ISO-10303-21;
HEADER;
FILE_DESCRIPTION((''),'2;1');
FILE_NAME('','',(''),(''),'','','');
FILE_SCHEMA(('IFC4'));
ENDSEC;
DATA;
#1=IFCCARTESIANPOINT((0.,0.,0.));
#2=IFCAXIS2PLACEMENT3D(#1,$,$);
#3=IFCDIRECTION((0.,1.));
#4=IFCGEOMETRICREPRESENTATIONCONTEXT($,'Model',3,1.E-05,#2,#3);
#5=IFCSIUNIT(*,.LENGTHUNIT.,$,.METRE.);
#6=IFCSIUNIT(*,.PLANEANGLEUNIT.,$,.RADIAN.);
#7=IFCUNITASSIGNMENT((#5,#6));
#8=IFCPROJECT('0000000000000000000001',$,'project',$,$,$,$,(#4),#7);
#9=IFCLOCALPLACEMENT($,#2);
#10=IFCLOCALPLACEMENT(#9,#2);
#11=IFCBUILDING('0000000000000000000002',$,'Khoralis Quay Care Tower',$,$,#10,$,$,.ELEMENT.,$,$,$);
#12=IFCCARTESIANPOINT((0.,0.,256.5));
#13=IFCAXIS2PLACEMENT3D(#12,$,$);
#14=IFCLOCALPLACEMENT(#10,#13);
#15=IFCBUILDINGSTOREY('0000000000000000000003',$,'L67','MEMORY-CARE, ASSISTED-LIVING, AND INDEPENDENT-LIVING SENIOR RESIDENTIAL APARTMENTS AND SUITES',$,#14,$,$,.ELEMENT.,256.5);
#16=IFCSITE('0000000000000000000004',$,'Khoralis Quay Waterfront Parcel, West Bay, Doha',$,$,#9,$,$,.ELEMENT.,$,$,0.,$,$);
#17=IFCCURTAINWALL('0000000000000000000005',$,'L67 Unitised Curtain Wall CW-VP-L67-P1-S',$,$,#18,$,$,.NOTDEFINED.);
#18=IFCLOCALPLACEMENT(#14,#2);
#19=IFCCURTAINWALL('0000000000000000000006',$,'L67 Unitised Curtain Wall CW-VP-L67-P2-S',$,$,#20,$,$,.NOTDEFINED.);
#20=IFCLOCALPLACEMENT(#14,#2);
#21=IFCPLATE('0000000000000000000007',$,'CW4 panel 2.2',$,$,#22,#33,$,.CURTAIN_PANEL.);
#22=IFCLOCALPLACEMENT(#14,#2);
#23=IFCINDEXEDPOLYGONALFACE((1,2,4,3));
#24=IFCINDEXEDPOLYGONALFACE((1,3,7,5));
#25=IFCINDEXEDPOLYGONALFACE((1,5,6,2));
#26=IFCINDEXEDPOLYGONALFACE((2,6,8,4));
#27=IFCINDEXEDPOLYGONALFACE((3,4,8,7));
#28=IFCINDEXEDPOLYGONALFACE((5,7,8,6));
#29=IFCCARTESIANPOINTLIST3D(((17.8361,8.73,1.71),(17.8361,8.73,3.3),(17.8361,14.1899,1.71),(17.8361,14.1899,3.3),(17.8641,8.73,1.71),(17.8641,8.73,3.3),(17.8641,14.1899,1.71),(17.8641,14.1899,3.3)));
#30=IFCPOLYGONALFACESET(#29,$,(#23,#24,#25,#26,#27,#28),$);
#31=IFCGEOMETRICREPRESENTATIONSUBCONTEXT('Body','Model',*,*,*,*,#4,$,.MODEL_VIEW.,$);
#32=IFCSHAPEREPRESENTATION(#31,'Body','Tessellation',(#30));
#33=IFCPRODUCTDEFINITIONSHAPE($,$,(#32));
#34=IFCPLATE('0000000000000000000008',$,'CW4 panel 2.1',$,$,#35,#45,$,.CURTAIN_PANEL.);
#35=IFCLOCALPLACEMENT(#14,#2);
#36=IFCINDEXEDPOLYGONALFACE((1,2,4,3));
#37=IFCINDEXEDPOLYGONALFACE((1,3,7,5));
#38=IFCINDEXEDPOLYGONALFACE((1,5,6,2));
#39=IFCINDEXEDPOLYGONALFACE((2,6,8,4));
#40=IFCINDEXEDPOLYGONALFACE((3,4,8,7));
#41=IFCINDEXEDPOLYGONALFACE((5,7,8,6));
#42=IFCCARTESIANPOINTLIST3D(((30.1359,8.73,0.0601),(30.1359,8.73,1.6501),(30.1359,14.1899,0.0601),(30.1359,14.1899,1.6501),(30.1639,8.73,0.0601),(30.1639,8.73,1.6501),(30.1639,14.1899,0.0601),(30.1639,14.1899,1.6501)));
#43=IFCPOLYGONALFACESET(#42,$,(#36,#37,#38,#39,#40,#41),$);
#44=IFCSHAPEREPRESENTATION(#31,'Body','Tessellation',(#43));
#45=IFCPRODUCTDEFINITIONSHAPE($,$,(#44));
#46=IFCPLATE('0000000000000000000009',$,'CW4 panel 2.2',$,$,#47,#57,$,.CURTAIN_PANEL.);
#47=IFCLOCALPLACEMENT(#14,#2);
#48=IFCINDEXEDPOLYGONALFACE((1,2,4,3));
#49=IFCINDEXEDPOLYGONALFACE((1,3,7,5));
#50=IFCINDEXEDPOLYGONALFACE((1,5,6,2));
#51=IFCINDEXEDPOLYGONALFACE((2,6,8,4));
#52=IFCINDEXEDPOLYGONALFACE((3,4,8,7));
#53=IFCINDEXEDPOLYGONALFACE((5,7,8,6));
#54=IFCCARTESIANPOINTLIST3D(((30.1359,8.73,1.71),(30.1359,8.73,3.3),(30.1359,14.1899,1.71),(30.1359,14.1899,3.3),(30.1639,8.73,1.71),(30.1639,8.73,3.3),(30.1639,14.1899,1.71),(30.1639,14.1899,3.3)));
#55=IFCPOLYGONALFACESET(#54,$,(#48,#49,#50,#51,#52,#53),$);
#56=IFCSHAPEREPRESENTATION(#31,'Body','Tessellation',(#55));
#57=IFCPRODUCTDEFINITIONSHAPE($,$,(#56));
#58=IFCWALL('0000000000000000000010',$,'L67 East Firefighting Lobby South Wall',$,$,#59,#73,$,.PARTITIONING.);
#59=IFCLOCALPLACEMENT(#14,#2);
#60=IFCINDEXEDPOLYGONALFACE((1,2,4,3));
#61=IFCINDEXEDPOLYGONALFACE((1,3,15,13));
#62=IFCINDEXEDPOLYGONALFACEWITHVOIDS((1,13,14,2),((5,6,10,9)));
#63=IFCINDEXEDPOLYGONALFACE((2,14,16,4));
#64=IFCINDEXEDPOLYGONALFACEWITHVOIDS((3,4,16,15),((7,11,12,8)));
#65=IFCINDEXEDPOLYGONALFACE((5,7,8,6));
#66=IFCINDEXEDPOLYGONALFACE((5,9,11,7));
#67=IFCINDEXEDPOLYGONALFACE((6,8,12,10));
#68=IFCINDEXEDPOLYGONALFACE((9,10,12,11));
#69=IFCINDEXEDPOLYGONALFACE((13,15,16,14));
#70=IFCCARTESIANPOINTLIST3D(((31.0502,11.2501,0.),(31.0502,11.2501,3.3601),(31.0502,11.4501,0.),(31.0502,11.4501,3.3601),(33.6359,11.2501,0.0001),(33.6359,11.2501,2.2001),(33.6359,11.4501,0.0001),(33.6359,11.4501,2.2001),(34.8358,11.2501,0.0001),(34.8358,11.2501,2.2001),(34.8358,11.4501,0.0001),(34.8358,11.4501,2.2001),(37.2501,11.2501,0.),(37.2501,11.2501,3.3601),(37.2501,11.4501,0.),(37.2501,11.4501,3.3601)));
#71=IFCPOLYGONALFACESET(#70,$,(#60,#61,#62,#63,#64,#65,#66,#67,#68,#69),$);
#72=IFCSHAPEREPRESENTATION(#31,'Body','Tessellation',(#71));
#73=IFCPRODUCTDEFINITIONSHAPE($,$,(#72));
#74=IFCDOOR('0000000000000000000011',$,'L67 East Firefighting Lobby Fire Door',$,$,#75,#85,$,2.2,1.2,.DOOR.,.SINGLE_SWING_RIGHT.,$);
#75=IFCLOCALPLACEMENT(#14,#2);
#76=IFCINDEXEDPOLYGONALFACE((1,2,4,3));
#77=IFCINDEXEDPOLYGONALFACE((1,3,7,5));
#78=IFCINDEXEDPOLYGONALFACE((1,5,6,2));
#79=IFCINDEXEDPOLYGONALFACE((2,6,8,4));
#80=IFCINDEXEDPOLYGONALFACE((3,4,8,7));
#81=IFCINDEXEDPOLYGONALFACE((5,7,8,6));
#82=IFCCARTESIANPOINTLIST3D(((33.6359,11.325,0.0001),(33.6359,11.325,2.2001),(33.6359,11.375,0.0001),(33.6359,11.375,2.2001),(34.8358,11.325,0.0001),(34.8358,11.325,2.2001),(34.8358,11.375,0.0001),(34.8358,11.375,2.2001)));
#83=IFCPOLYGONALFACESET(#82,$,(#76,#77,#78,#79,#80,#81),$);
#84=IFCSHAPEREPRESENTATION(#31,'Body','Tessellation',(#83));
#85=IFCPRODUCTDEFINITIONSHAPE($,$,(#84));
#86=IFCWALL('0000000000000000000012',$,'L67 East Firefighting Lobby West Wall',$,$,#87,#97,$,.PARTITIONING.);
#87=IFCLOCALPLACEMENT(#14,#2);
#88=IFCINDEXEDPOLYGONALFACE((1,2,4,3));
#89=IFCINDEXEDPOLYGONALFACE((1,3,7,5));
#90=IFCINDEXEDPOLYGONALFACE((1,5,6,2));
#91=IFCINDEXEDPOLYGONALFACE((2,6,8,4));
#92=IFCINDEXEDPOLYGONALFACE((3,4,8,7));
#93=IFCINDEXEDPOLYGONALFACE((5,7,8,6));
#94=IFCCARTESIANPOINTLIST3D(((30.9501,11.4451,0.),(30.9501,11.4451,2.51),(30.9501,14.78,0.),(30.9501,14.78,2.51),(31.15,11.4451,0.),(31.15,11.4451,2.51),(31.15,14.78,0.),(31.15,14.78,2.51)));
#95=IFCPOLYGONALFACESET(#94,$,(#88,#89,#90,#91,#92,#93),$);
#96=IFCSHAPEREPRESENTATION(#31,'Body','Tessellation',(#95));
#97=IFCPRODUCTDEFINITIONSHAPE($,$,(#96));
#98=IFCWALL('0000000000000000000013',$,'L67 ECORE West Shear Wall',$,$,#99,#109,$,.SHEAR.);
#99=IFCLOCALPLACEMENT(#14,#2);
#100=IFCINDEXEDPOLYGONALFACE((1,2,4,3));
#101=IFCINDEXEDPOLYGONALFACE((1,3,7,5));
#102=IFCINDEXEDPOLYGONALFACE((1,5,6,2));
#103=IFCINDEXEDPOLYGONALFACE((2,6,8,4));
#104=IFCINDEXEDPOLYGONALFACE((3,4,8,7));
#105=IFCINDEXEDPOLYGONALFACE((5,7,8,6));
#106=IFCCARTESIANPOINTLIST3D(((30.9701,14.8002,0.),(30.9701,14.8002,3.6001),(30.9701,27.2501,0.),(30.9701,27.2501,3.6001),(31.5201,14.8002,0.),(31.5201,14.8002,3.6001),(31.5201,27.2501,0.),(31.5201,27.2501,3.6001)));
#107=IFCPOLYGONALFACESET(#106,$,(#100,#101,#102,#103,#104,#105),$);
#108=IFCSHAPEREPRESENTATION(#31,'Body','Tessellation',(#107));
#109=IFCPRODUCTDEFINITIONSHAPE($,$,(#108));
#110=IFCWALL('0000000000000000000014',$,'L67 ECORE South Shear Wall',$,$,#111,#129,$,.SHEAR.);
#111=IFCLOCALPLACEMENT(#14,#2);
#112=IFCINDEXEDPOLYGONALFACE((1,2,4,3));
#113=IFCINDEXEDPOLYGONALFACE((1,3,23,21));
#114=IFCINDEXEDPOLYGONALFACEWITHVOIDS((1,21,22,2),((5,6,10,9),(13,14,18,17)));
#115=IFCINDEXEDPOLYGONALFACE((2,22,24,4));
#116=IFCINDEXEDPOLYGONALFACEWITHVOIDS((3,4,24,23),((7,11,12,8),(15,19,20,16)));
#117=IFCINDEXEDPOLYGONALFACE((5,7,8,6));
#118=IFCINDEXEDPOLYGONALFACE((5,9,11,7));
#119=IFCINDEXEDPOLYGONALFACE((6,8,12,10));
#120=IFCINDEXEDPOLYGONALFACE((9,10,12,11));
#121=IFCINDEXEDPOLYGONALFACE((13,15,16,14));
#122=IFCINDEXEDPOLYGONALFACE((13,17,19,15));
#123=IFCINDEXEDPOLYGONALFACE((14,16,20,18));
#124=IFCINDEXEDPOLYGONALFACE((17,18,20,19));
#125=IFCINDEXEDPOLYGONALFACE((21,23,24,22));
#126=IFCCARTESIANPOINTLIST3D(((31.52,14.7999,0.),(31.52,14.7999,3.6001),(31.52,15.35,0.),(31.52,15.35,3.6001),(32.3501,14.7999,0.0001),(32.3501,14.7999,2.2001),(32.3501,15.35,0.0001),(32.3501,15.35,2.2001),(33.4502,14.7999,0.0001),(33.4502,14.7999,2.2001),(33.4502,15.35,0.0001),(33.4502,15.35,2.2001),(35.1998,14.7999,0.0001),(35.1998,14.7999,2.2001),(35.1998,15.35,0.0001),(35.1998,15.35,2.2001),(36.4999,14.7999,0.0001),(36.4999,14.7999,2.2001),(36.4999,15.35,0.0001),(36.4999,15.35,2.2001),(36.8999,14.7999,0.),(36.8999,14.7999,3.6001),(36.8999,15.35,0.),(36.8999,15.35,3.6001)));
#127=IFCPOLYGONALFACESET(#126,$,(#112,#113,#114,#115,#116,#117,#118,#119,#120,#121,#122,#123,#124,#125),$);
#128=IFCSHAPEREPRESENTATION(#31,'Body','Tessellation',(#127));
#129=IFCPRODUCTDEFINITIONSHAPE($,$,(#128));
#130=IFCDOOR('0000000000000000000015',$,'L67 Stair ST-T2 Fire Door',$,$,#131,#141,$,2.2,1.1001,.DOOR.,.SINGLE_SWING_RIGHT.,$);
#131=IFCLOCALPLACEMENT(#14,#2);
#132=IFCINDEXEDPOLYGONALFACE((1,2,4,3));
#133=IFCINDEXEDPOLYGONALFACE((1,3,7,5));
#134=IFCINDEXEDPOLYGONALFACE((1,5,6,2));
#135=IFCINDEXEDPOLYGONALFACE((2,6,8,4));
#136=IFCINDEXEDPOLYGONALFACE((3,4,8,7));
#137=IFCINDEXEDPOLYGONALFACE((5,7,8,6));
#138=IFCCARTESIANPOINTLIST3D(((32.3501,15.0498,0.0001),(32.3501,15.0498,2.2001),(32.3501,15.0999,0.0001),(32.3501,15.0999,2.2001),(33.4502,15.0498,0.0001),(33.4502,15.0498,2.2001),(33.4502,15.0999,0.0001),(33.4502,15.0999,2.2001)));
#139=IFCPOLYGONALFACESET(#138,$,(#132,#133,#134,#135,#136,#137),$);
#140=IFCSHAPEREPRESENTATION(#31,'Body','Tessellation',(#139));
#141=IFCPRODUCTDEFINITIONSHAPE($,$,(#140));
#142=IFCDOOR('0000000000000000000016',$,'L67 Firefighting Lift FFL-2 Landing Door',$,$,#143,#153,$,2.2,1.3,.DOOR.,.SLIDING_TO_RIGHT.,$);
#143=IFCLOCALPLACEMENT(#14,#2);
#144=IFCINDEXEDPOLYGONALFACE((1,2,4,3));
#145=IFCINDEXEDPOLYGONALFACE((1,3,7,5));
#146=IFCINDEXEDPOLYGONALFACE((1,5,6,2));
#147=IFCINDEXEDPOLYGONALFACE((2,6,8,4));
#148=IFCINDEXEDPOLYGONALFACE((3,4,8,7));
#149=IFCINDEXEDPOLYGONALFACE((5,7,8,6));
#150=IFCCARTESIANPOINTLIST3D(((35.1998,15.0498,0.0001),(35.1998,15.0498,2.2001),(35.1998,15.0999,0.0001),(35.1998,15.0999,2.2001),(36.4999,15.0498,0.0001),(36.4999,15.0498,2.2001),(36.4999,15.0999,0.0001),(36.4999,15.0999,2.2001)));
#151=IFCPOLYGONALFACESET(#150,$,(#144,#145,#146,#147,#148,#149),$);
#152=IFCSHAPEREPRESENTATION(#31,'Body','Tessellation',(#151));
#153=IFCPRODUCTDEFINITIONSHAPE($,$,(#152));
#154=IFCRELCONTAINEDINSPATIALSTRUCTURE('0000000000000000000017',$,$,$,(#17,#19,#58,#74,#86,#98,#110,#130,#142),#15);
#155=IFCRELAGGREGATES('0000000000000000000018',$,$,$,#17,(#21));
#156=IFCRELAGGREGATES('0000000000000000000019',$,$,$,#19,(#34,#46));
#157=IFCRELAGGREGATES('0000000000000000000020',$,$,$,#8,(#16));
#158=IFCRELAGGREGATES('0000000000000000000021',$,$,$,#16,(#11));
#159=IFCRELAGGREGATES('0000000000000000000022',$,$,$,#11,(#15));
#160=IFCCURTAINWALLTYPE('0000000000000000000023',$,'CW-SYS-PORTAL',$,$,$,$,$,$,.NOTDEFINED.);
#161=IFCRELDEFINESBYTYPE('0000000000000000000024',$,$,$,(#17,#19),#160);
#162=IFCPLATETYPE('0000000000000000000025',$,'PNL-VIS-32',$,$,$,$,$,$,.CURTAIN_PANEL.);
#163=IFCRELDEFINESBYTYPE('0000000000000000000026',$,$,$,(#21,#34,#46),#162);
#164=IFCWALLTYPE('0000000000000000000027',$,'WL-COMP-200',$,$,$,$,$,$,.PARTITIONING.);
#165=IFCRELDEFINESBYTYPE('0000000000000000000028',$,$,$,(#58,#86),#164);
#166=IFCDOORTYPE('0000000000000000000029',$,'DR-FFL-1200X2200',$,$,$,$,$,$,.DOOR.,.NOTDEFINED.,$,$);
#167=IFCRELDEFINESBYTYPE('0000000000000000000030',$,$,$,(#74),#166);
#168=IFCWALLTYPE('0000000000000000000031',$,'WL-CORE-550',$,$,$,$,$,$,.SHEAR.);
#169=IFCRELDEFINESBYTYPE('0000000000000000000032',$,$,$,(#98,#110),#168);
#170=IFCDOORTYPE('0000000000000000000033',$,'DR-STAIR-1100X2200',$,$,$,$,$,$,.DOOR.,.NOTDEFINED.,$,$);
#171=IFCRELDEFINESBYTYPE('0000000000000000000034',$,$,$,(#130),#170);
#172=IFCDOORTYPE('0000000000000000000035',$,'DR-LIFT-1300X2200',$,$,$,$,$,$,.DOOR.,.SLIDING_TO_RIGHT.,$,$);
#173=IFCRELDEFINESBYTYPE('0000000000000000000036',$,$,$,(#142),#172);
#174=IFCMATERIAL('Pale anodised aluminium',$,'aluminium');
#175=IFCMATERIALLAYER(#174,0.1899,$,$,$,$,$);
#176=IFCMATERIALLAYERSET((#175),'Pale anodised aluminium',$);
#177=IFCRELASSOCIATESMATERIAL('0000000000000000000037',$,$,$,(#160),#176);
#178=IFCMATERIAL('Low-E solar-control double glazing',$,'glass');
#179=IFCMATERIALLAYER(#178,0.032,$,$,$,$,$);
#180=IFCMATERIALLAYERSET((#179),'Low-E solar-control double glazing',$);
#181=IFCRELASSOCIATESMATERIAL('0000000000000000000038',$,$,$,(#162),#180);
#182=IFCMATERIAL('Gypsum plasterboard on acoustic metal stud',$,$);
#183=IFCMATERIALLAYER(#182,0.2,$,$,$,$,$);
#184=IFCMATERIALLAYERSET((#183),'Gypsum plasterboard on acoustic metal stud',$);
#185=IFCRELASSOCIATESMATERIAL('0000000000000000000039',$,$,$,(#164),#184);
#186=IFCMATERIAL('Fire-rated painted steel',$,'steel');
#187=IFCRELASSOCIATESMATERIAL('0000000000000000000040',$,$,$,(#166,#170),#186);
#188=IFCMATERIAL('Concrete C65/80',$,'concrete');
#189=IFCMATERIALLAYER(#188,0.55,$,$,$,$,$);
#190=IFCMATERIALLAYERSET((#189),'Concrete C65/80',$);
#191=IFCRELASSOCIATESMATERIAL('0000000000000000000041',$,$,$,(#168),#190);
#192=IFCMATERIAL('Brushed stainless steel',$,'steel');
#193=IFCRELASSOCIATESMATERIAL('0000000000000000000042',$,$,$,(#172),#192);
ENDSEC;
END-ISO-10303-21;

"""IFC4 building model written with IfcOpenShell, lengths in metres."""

from ifc_helpers import new_model, si_unit, direction, frame, frame_2d, origin, origin_2d, place, context, subcontext, project, spatial, rectangle, extrude, source, transform, mapped, material, layer, layer_set, type_object, element, fill, aggregate, save


model = new_model("IFC4")

# Units and contexts
model_context = context("Model", 3, precision=1e-05, world=origin(), true_north=direction((0.0, 1.0)))
body_context = subcontext(model_context, "Body", "Model", "MODEL_VIEW")
ifc_project = project(units=[si_unit("LENGTHUNIT", "METRE"), si_unit("PLANEANGLEUNIT", "RADIAN")], contexts=[model_context])

# Site, building, storey
site_placement = place(None, origin())
site = spatial("IfcSite", under=ifc_project, at=site_placement, Name="Khoralis Quay Waterfront Parcel, West Bay, Doha", CompositionType="ELEMENT", RefElevation=0.0)
building_placement = place(site_placement, origin())
building = spatial("IfcBuilding", under=site, at=building_placement, Name="Khoralis Quay Care Tower", CompositionType="ELEMENT")
storey_placement = place(building_placement, frame((0.0, 0.0, 256.5)))
storey = spatial("IfcBuildingStorey", under=building, at=storey_placement, Name="L67", Description="MEMORY-CARE, ASSISTED-LIVING, AND INDEPENDENT-LIVING SENIOR RESIDENTIAL APARTMENTS AND SUITES", CompositionType="ELEMENT", Elevation=256.5)

# Curtain wall
ifc_material_1 = material(Name="Pale anodised aluminium", Category="aluminium")
ifc_layer_1 = layer(ifc_material_1, 0.1899)
ifc_layer_set_1 = layer_set([ifc_layer_1], Name="Pale anodised aluminium")
curtain_wall_type = type_object("IfcCurtainWallType", Name="CW-SYS-PORTAL", PredefinedType="NOTDEFINED", material=ifc_layer_set_1)
curtain_wall_1_placement = place(storey_placement, origin())
curtain_wall_1 = element("IfcCurtainWall", 1, at=curtain_wall_1_placement, inside=storey, type_object=curtain_wall_type, Name="L67 Unitised Curtain Wall CW-VP-L67-P1-S", PredefinedType="NOTDEFINED")

# Curtain wall
curtain_wall_2_placement = place(storey_placement, origin())
curtain_wall_2 = element("IfcCurtainWall", 2, at=curtain_wall_2_placement, inside=storey, type_object=curtain_wall_type, Name="L67 Unitised Curtain Wall CW-VP-L67-P2-S", PredefinedType="NOTDEFINED")

# Plates
ifc_material_2 = material(Name="Low-E solar-control double glazing", Category="glass")
ifc_layer_2 = layer(ifc_material_2, 0.032)
ifc_layer_set_2 = layer_set([ifc_layer_2], Name="Low-E solar-control double glazing")
plate_type = type_object("IfcPlateType", Name="PNL-VIS-32", PredefinedType="CURTAIN_PANEL", material=ifc_layer_set_2)
shared_shape_1 = source(origin(), body_context, "Body", "SweptSolid", [
    extrude(rectangle(XDim=5.46, YDim=0.0281, at=origin_2d()), origin(), (0.0, 0.0, 1.0), 1.5901),
])
plate_1_placement = place(storey_placement, frame((17.8501, 11.46, 1.71), z_axis=(0.0, 0.0, 1.0), x_axis=(0.0, 1.0, 0.0)))
plate_1 = element("IfcPlate", 3, at=plate_1_placement, type_object=plate_type, Name="CW4 panel 2.2", PredefinedType="CURTAIN_PANEL", context=body_context, shape_type="MappedRepresentation", body=[
    mapped(shared_shape_1, transform((0.0, 0.0, 0.0), scale=1.0)),
])
aggregate(curtain_wall_1, [plate_1])
plate_2_placement = place(storey_placement, frame((30.1499, 11.46, 0.0601), z_axis=(0.0, 0.0, 1.0), x_axis=(0.0, 1.0, 0.0)))
plate_2 = element("IfcPlate", 4, at=plate_2_placement, type_object=plate_type, Name="CW4 panel 2.1", PredefinedType="CURTAIN_PANEL", context=body_context, shape_type="MappedRepresentation", body=[
    mapped(shared_shape_1, transform((0.0, 0.0, 0.0), scale=1.0)),
])
plate_3_placement = place(storey_placement, frame((30.1499, 11.46, 1.71), z_axis=(0.0, 0.0, 1.0), x_axis=(0.0, 1.0, 0.0)))
plate_3 = element("IfcPlate", 5, at=plate_3_placement, type_object=plate_type, Name="CW4 panel 2.2", PredefinedType="CURTAIN_PANEL", context=body_context, shape_type="MappedRepresentation", body=[
    mapped(shared_shape_1, transform((0.0, 0.0, 0.0), scale=1.0)),
])
aggregate(curtain_wall_2, [plate_2, plate_3])

# Wall, opening, door
ifc_material_3 = material(Name="Gypsum plasterboard on acoustic metal stud")
ifc_layer_3 = layer(ifc_material_3, 0.2)
ifc_layer_set_3 = layer_set([ifc_layer_3], Name="Gypsum plasterboard on acoustic metal stud")
wall_type_1 = type_object("IfcWallType", Name="WL-COMP-200", PredefinedType="PARTITIONING", material=ifc_layer_set_3)
wall_1_placement = place(storey_placement, frame((31.05, 11.3501, 0.0), z_axis=(0.0, 0.0, 1.0), x_axis=(1.0, 0.0, 0.0)))
wall_1 = element("IfcWall", 6, at=wall_1_placement, inside=storey, type_object=wall_type_1, Name="L67 East Firefighting Lobby South Wall", PredefinedType="PARTITIONING", context=body_context, shape_type="SweptSolid", body=[
    extrude(rectangle(XDim=6.2, YDim=0.2, at=frame_2d((3.1001, 0.0))), origin(), (0.0, 0.0, 1.0), 3.3601),
])
opening_1_placement = place(wall_1_placement, frame((2.5857, 0.0, 0.0)))
opening_1 = element("IfcOpeningElement", 7, at=opening_1_placement, cuts=wall_1, PredefinedType="OPENING", context=body_context, shape_type="SweptSolid", body=[
    extrude(rectangle(XDim=1.2, YDim=2.2, at=frame_2d((0.6001, 1.1001))), frame((0.0, 0.1099, 0.0), z_axis=(0.0, -1.0, 0.0), x_axis=(1.0, 0.0, 0.0)), (0.0, 0.0, 1.0), 0.22),
])
ifc_material_4 = material(Name="Fire-rated painted steel", Category="steel")
door_type_1 = type_object("IfcDoorType", Name="DR-FFL-1200X2200", OperationType="NOTDEFINED", PredefinedType="DOOR", material=ifc_material_4)
shared_shape_2 = source(origin(), body_context, "Body", "SweptSolid", [
    extrude(rectangle(XDim=1.2, YDim=2.2, at=frame_2d((0.6001, 1.1001))), frame((0.0, 0.0249, 0.0), z_axis=(0.0, -1.0, 0.0), x_axis=(1.0, 0.0, 0.0)), (0.0, 0.0, 1.0), 0.05),
])
door_1_placement = place(opening_1_placement, origin())
door_1 = element("IfcDoor", 8, at=door_1_placement, inside=storey, type_object=door_type_1, Name="L67 East Firefighting Lobby Fire Door", OperationType="SINGLE_SWING_RIGHT", OverallHeight=2.2, OverallWidth=1.2, PredefinedType="DOOR", context=body_context, shape_type="MappedRepresentation", body=[
    mapped(shared_shape_2, transform((0.0, 0.0, 0.0), scale=1.0)),
])
fill(opening_1, door_1)

# Walls
wall_2_placement = place(storey_placement, frame((31.05, 11.4451, 0.0), z_axis=(0.0, 0.0, 1.0), x_axis=(0.0, 1.0, 0.0)))
element("IfcWall", 9, at=wall_2_placement, inside=storey, type_object=wall_type_1, Name="L67 East Firefighting Lobby West Wall", PredefinedType="PARTITIONING", context=body_context, shape_type="SweptSolid", body=[
    extrude(rectangle(XDim=3.335, YDim=0.2, at=frame_2d((1.6675, 0.0))), origin(), (0.0, 0.0, 1.0), 2.51),
])
ifc_material_5 = material(Name="Concrete C65/80", Category="concrete")
ifc_layer_4 = layer(ifc_material_5, 0.55)
ifc_layer_set_4 = layer_set([ifc_layer_4], Name="Concrete C65/80")
wall_type_2 = type_object("IfcWallType", Name="WL-CORE-550", PredefinedType="SHEAR", material=ifc_layer_set_4)
wall_3_placement = place(storey_placement, frame((31.2451, 14.8, 0.0), z_axis=(0.0, 0.0, 1.0), x_axis=(0.0, 1.0, 0.0)))
element("IfcWall", 10, at=wall_3_placement, inside=storey, type_object=wall_type_2, Name="L67 ECORE West Shear Wall", PredefinedType="SHEAR", context=body_context, shape_type="SweptSolid", body=[
    extrude(rectangle(XDim=12.45, YDim=0.55, at=frame_2d((6.2251, 0.0))), origin(), (0.0, 0.0, 1.0), 3.6001),
])

# Wall, openings, doors
wall_4_placement = place(storey_placement, frame((31.52, 15.075, 0.0), z_axis=(0.0, 0.0, 1.0), x_axis=(1.0, 0.0, 0.0)))
wall_4 = element("IfcWall", 11, at=wall_4_placement, inside=storey, type_object=wall_type_2, Name="L67 ECORE South Shear Wall", PredefinedType="SHEAR", context=body_context, shape_type="SweptSolid", body=[
    extrude(rectangle(XDim=5.3799, YDim=0.55, at=frame_2d((2.6899, 0.0))), origin(), (0.0, 0.0, 1.0), 3.6001),
])
opening_2_placement = place(wall_4_placement, frame((0.8301, 0.0, 0.0)))
opening_2 = element("IfcOpeningElement", 12, at=opening_2_placement, cuts=wall_4, PredefinedType="OPENING", context=body_context, shape_type="SweptSolid", body=[
    extrude(rectangle(XDim=1.1001, YDim=2.2, at=frame_2d((0.55, 1.1001))), frame((0.0, 0.2852, 0.0), z_axis=(0.0, -1.0, 0.0), x_axis=(1.0, 0.0, 0.0)), (0.0, 0.0, 1.0), 0.5701),
])
opening_3_placement = place(wall_4_placement, frame((3.6799, 0.0, 0.0)))
opening_3 = element("IfcOpeningElement", 13, at=opening_3_placement, cuts=wall_4, PredefinedType="OPENING", context=body_context, shape_type="SweptSolid", body=[
    extrude(rectangle(XDim=1.3, YDim=2.2, at=frame_2d((0.6499, 1.1001))), frame((0.0, 0.2852, 0.0), z_axis=(0.0, -1.0, 0.0), x_axis=(1.0, 0.0, 0.0)), (0.0, 0.0, 1.0), 0.5701),
])
door_type_2 = type_object("IfcDoorType", Name="DR-STAIR-1100X2200", OperationType="NOTDEFINED", PredefinedType="DOOR", material=ifc_material_4)
shared_shape_3 = source(origin(), body_context, "Body", "SweptSolid", [
    extrude(rectangle(XDim=1.1001, YDim=2.2, at=frame_2d((0.55, 1.1001))), frame((0.0, 0.0249, 0.0), z_axis=(0.0, -1.0, 0.0), x_axis=(1.0, 0.0, 0.0)), (0.0, 0.0, 1.0), 0.05),
])
door_2_placement = place(opening_2_placement, origin())
door_2 = element("IfcDoor", 14, at=door_2_placement, inside=storey, type_object=door_type_2, Name="L67 Stair ST-T2 Fire Door", OperationType="SINGLE_SWING_RIGHT", OverallHeight=2.2, OverallWidth=1.1001, PredefinedType="DOOR", context=body_context, shape_type="MappedRepresentation", body=[
    mapped(shared_shape_3, transform((0.0, 0.0, 0.0), scale=1.0)),
])
fill(opening_2, door_2)
ifc_material_6 = material(Name="Brushed stainless steel", Category="steel")
door_type_3 = type_object("IfcDoorType", Name="DR-LIFT-1300X2200", OperationType="SLIDING_TO_RIGHT", PredefinedType="DOOR", material=ifc_material_6)
shared_shape_4 = source(origin(), body_context, "Body", "SweptSolid", [
    extrude(rectangle(XDim=1.3, YDim=2.2, at=frame_2d((0.6499, 1.1001))), frame((0.0, 0.0249, 0.0), z_axis=(0.0, -1.0, 0.0), x_axis=(1.0, 0.0, 0.0)), (0.0, 0.0, 1.0), 0.05),
])
door_3_placement = place(opening_3_placement, origin())
door_3 = element("IfcDoor", 15, at=door_3_placement, inside=storey, type_object=door_type_3, Name="L67 Firefighting Lift FFL-2 Landing Door", OperationType="SLIDING_TO_RIGHT", OverallHeight=2.2, OverallWidth=1.3, PredefinedType="DOOR", context=body_context, shape_type="MappedRepresentation", body=[
    mapped(shared_shape_4, transform((0.0, 0.0, 0.0), scale=1.0)),
])
fill(opening_3, door_3)

save(model, "model.ifc")
